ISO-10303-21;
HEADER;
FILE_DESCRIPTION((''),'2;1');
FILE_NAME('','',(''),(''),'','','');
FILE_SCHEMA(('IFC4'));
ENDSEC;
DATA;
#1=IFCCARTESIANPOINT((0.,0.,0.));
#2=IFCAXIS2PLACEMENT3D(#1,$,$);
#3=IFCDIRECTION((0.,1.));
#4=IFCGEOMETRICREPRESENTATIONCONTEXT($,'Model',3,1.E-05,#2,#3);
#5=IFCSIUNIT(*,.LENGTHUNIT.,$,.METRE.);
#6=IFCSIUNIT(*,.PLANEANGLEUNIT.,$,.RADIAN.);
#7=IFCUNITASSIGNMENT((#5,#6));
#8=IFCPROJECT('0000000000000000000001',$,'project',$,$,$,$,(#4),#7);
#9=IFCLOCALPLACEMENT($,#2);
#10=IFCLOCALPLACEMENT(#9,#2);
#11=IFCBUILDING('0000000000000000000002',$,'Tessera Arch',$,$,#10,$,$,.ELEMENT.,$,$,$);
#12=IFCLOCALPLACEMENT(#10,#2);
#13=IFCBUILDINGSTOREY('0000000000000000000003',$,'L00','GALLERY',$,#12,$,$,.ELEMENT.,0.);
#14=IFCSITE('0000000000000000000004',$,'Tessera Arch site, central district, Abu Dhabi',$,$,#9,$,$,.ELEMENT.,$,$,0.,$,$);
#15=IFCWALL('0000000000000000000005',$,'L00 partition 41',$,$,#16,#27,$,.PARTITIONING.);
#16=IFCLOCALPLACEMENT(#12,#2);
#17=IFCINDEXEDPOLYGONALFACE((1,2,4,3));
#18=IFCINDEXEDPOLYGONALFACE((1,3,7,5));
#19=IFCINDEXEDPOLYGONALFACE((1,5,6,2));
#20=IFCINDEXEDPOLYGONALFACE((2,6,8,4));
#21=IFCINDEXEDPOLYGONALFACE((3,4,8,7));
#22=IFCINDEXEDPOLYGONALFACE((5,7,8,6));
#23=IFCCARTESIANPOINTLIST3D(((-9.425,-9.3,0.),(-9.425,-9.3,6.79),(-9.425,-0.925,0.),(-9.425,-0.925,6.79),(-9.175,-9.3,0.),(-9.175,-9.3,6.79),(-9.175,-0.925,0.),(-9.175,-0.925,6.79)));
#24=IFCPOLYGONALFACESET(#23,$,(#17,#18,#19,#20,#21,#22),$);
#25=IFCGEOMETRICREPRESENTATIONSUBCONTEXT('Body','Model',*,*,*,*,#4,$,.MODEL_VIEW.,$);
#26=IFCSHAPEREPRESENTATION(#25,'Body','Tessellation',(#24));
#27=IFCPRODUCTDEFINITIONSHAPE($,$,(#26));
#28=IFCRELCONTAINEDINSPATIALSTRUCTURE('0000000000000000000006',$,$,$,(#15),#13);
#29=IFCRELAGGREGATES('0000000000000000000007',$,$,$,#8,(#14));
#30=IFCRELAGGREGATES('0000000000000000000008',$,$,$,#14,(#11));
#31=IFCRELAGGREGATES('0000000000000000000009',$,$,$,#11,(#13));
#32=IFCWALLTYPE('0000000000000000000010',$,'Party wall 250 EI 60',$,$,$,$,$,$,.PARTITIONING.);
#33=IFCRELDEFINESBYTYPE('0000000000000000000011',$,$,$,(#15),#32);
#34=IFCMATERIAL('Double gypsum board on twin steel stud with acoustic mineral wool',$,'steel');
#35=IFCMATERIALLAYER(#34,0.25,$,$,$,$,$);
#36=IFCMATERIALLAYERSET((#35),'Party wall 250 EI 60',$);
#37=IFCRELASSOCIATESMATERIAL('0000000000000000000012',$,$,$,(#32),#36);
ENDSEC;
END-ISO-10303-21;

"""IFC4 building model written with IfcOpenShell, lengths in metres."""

from ifc_helpers import new_model, si_unit, direction, frame, frame_2d, origin, place, context, subcontext, project, spatial, rectangle, extrude, material, layer, layer_set, type_object, element, save


model = new_model("IFC4")

# Units and contexts
model_context = context("Model", 3, precision=1e-05, world=origin(), true_north=direction((0.0, 1.0)))
body_context = subcontext(model_context, "Body", "Model", "MODEL_VIEW")
ifc_project = project(units=[si_unit("LENGTHUNIT", "METRE"), si_unit("PLANEANGLEUNIT", "RADIAN")], contexts=[model_context])

# Site, building, storey
site_placement = place(None, origin())
site = spatial("IfcSite", under=ifc_project, at=site_placement, Name="Tessera Arch site, central district, Abu Dhabi", CompositionType="ELEMENT", RefElevation=0.0)
building_placement = place(site_placement, origin())
building = spatial("IfcBuilding", under=site, at=building_placement, Name="Tessera Arch", CompositionType="ELEMENT")
storey_placement = place(building_placement, origin())
storey = spatial("IfcBuildingStorey", under=building, at=storey_placement, Name="L00", Description="GALLERY", CompositionType="ELEMENT", Elevation=0.0)

# Wall
ifc_material_1 = material(Name="Double gypsum board on twin steel stud with acoustic mineral wool", Category="steel")
ifc_layer_1 = layer(ifc_material_1, 0.25)
ifc_layer_set_1 = layer_set([ifc_layer_1], Name="Party wall 250 EI 60")
wall_type_1 = type_object("IfcWallType", Name="Party wall 250 EI 60", PredefinedType="PARTITIONING", material=ifc_layer_set_1)
wall_1_placement = place(storey_placement, frame((-9.3, -9.3, 0.0), z_axis=(0.0, 0.0, 1.0), x_axis=(0.0, 1.0, 0.0)))
element("IfcWall", 1, at=wall_1_placement, inside=storey, type_object=wall_type_1, Name="L00 partition 41", PredefinedType="PARTITIONING", context=body_context, shape_type="SweptSolid", body=[
    extrude(rectangle(XDim=8.375, YDim=0.25, at=frame_2d((4.1875, 0.0))), origin(), (0.0, 0.0, 1.0), 6.79),
])

save(model, "model.ifc")
